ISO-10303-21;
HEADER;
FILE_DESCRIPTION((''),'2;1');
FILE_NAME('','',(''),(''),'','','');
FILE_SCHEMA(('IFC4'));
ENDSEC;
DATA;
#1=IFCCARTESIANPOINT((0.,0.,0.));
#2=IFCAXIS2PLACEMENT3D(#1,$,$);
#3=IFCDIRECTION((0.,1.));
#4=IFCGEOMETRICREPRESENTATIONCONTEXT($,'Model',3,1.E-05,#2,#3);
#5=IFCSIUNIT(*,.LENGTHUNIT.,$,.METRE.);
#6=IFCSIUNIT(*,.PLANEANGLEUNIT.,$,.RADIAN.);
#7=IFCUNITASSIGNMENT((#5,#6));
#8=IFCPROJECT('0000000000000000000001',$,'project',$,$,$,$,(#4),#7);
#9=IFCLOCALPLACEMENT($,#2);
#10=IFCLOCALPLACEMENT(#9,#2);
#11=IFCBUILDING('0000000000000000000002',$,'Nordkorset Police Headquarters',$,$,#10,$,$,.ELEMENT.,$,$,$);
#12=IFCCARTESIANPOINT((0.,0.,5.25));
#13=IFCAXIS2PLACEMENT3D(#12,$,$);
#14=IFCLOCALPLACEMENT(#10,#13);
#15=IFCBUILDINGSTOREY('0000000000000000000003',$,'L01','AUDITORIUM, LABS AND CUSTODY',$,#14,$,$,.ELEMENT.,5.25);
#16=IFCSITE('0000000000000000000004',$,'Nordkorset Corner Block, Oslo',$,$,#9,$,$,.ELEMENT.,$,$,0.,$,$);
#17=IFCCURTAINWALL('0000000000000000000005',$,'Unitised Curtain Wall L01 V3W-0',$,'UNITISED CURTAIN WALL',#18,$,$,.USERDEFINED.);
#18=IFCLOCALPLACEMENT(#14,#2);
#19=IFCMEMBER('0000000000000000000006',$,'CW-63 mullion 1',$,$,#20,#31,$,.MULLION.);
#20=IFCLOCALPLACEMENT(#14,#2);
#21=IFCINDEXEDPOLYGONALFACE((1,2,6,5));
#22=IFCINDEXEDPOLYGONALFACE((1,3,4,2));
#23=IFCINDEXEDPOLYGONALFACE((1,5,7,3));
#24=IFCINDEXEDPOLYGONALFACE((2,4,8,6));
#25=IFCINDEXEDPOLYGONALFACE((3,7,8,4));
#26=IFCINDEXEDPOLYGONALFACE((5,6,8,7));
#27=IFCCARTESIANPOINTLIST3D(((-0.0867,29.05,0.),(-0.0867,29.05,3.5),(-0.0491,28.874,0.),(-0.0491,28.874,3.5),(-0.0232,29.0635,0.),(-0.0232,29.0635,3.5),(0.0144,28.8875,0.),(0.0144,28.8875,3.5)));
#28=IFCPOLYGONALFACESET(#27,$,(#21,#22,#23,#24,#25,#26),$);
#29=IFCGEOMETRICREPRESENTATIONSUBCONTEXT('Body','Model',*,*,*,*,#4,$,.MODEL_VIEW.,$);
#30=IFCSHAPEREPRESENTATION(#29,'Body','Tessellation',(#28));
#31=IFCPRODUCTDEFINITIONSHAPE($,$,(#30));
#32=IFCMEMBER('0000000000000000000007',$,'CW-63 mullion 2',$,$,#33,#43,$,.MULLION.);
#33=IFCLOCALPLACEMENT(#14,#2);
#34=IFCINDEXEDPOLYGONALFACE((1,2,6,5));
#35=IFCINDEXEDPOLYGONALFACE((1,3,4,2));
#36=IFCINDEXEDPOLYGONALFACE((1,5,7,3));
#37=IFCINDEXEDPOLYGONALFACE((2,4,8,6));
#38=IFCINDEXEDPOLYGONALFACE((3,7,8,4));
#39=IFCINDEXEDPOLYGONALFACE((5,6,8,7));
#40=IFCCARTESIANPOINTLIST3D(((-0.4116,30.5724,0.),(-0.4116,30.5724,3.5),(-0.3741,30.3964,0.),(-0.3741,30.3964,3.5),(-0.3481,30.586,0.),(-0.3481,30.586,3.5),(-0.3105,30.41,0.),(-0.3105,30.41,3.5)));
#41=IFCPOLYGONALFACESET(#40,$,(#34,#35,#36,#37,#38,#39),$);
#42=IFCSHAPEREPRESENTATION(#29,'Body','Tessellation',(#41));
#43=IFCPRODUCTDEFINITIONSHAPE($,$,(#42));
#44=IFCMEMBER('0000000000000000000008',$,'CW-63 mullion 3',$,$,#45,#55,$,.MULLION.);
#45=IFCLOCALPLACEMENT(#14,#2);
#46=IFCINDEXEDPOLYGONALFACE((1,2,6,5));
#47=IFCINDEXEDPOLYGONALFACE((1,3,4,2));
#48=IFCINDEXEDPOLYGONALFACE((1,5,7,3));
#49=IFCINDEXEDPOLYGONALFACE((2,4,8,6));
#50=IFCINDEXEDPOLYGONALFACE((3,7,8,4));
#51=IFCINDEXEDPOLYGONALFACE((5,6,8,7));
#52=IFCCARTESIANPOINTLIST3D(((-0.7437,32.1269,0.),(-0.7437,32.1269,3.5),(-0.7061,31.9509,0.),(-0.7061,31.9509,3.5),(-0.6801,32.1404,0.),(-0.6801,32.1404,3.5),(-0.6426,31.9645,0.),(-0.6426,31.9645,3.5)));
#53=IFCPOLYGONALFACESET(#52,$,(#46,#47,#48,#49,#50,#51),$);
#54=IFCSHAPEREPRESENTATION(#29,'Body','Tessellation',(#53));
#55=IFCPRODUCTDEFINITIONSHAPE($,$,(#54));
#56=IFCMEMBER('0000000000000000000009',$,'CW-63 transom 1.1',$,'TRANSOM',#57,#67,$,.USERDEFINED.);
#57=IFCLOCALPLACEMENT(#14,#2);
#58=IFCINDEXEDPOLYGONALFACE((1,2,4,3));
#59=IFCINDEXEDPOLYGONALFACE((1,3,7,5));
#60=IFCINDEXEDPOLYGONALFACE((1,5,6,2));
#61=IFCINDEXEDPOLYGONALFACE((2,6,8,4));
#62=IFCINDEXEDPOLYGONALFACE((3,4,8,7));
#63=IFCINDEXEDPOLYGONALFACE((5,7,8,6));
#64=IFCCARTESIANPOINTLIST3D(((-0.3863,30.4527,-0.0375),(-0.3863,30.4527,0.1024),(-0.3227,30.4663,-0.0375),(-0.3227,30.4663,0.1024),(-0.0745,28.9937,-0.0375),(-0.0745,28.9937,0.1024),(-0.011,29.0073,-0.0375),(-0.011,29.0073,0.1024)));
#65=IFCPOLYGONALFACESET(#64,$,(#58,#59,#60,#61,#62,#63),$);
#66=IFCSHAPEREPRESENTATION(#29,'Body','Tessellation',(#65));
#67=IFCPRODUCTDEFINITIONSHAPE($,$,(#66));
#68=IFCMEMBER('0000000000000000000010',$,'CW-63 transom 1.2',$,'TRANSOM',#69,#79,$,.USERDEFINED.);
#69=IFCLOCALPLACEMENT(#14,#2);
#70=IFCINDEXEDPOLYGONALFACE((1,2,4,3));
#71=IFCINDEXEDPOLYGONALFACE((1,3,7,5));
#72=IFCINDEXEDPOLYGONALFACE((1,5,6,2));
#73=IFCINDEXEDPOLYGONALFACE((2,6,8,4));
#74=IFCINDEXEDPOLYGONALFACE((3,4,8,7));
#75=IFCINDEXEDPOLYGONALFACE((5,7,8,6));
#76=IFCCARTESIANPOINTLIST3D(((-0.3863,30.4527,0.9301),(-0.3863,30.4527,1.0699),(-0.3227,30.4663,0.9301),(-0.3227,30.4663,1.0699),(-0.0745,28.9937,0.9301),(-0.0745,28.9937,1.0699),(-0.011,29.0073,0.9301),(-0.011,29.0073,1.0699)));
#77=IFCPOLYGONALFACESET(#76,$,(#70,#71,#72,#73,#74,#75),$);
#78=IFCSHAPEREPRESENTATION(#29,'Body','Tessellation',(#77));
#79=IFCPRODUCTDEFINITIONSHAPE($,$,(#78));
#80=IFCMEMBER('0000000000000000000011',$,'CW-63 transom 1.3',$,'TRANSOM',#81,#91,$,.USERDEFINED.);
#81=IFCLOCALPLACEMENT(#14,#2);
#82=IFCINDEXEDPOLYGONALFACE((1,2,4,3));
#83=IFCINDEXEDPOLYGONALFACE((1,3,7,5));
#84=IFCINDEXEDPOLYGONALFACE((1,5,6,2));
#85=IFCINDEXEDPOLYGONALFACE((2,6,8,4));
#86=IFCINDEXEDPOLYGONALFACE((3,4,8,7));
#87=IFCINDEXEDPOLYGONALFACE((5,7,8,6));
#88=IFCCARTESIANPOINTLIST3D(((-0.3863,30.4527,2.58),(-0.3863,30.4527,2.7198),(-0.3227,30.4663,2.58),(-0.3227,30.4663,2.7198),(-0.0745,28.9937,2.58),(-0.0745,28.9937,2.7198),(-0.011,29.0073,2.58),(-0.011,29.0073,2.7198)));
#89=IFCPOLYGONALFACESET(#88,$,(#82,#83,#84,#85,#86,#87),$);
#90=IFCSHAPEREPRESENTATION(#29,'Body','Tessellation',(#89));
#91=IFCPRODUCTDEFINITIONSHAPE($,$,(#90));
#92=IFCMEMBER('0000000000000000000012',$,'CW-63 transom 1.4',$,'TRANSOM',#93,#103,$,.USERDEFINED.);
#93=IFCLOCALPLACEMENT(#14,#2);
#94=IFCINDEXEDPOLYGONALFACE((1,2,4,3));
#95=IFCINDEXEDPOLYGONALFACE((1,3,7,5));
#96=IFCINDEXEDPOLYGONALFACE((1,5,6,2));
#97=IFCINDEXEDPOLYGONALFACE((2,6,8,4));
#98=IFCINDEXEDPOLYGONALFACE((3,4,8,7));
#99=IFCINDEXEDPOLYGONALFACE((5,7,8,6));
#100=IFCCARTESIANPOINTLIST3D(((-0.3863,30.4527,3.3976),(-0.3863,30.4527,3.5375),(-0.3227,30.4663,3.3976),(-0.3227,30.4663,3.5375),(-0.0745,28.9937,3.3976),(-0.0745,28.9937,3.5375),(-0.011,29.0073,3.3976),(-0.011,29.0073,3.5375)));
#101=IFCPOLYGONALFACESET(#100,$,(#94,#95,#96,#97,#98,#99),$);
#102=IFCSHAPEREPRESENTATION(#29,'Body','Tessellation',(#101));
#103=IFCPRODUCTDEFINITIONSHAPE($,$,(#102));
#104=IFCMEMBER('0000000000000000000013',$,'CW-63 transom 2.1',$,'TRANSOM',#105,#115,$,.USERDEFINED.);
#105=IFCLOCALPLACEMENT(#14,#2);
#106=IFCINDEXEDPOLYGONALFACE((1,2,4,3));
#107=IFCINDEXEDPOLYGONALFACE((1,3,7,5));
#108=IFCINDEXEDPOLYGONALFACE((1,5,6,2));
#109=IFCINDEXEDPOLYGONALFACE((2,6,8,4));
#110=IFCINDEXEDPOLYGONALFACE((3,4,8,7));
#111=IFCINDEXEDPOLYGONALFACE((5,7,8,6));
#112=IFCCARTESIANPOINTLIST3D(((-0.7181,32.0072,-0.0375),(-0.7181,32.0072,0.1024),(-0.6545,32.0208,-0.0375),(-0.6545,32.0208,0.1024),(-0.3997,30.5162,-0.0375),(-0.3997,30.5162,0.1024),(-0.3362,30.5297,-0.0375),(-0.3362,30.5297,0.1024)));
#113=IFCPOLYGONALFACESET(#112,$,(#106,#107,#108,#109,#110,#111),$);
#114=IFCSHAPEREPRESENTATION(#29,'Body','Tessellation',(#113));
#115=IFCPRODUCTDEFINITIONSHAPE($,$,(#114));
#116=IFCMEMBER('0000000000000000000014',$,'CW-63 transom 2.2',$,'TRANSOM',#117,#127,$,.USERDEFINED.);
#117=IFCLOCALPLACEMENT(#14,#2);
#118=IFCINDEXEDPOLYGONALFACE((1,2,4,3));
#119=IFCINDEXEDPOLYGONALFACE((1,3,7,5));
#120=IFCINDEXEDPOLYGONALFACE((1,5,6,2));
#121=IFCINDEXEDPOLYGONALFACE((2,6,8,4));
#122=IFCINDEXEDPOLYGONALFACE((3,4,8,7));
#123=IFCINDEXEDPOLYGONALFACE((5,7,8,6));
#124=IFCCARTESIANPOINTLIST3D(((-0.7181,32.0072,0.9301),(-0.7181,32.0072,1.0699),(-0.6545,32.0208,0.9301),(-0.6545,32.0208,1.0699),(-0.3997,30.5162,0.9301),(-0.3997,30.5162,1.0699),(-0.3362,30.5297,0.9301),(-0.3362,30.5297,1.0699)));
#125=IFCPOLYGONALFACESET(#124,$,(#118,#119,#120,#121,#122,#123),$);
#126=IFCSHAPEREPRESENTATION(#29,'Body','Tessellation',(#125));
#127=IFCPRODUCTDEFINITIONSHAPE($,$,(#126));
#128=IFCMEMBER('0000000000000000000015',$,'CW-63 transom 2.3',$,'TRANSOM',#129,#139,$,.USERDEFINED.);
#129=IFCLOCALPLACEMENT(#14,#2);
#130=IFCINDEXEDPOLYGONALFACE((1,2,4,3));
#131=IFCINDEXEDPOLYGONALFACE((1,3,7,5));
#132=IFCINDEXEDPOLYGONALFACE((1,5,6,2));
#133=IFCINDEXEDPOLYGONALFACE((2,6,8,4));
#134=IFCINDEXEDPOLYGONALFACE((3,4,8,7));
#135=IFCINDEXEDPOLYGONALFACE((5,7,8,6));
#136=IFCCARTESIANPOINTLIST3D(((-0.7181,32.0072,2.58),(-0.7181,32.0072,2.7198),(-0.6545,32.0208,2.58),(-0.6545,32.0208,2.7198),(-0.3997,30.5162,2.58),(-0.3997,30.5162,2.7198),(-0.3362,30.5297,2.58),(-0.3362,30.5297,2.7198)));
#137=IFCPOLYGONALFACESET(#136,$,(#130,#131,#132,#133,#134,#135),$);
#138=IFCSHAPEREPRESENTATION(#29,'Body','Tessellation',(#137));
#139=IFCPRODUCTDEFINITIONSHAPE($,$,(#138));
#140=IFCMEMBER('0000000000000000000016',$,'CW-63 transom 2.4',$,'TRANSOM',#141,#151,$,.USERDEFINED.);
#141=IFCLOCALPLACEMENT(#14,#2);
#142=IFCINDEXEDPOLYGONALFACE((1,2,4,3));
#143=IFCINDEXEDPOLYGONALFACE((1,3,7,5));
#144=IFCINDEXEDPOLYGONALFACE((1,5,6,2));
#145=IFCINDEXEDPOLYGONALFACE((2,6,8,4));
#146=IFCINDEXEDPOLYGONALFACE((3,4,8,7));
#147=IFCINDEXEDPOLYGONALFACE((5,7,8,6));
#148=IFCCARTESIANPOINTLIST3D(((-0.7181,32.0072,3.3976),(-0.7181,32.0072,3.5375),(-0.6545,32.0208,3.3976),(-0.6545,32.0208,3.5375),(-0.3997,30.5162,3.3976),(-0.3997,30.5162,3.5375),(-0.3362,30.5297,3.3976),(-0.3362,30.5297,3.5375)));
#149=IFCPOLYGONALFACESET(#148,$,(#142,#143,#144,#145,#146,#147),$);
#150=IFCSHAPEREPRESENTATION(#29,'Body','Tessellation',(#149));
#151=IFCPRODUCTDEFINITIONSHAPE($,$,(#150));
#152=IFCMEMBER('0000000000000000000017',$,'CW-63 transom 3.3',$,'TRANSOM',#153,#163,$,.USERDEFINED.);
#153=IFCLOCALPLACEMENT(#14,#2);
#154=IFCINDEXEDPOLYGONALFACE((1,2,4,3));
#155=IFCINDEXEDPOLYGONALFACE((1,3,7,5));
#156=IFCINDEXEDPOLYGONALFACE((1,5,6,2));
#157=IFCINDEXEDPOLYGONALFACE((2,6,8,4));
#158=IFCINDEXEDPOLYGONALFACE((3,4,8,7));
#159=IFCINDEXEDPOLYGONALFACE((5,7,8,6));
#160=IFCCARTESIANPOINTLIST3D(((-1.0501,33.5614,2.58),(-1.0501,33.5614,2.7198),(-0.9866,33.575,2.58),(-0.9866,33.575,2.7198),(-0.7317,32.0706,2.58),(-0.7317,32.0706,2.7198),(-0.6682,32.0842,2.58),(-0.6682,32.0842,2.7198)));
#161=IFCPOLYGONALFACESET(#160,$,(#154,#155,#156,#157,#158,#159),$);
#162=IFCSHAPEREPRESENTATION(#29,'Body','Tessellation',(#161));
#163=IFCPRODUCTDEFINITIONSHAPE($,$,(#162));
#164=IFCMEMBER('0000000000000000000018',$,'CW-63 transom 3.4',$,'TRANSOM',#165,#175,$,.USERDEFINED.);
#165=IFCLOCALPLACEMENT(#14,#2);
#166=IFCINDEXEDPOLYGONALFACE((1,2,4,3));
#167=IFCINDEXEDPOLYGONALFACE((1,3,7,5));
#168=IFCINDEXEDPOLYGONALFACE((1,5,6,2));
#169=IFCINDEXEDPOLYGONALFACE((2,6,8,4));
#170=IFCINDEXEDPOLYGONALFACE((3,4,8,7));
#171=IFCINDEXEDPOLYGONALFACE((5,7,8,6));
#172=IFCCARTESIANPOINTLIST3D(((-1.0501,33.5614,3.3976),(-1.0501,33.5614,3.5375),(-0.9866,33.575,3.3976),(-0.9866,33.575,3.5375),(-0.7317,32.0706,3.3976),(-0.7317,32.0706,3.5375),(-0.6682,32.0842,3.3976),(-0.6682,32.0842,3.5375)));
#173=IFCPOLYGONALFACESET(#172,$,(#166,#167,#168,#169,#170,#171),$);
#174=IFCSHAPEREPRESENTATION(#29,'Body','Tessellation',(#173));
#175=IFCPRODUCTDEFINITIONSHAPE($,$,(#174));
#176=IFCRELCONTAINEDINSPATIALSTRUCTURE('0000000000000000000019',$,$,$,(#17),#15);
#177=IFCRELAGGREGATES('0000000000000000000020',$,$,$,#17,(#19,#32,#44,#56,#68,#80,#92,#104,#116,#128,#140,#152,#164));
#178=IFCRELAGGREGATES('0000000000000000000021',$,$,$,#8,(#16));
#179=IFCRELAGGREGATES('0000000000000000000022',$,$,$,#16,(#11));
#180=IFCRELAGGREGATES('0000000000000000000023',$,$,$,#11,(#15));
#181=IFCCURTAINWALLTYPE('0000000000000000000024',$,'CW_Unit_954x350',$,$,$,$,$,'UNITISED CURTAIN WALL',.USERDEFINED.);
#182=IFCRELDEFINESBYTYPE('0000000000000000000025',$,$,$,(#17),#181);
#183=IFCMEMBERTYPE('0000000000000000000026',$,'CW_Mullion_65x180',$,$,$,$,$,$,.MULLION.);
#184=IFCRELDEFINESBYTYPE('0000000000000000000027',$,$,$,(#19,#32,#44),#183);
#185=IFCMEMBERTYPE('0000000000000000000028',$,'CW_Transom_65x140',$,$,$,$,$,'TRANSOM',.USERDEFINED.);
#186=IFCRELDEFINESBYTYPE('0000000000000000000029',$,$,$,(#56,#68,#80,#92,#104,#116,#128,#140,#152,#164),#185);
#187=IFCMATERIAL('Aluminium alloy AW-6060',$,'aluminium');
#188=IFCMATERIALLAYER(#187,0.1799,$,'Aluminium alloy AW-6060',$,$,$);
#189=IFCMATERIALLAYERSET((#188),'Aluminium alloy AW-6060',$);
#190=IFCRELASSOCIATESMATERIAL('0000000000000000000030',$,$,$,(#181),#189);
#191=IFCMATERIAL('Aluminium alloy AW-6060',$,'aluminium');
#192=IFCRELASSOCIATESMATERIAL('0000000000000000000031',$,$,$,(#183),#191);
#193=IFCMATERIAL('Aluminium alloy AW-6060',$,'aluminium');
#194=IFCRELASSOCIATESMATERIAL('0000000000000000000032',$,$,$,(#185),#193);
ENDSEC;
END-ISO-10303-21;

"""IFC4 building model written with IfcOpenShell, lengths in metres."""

from ifc_helpers import new_model, si_unit, direction, frame, origin, origin_2d, place, context, subcontext, project, spatial, rectangle, extrude, material, layer, layer_set, material_profile, profile_set, type_object, element, aggregate, save


model = new_model("IFC4")

# Units and contexts
model_context = context("Model", 3, precision=1e-05, world=origin(), true_north=direction((0.0, 1.0)))
body_context = subcontext(model_context, "Body", "Model", "MODEL_VIEW")
ifc_project = project(units=[si_unit("LENGTHUNIT", "METRE"), si_unit("PLANEANGLEUNIT", "RADIAN")], contexts=[model_context])

# Site, building, storey
site_placement = place(None, origin())
site = spatial("IfcSite", under=ifc_project, at=site_placement, Name="Nordkorset Corner Block, Oslo", CompositionType="ELEMENT", RefElevation=0.0)
building_placement = place(site_placement, origin())
building = spatial("IfcBuilding", under=site, at=building_placement, Name="Nordkorset Police Headquarters", CompositionType="ELEMENT")
storey_placement = place(building_placement, frame((0.0, 0.0, 5.25)))
storey = spatial("IfcBuildingStorey", under=building, at=storey_placement, Name="L01", Description="AUDITORIUM, LABS AND CUSTODY", CompositionType="ELEMENT", Elevation=5.25)

# Curtain wall, members
ifc_material_1 = material(Name="Aluminium alloy AW-6060", Category="aluminium")
ifc_layer_1 = layer(ifc_material_1, 0.1799, Name="Aluminium alloy AW-6060")
ifc_layer_set_1 = layer_set([ifc_layer_1], Name="Aluminium alloy AW-6060")
curtain_wall_type = type_object("IfcCurtainWallType", Name="CW_Unit_954x350", ElementType="UNITISED CURTAIN WALL", PredefinedType="USERDEFINED", material=ifc_layer_set_1)
curtain_wall_placement = place(storey_placement, origin())
curtain_wall = element("IfcCurtainWall", 1, at=curtain_wall_placement, inside=storey, type_object=curtain_wall_type, Name="Unitised Curtain Wall L01 V3W-0", ObjectType="UNITISED CURTAIN WALL", PredefinedType="USERDEFINED")
ifc_material_2 = material(Name="Aluminium alloy AW-6060", Category="aluminium")
ifc_material_profile_1 = material_profile(ifc_material_2, rectangle(XDim=0.0649, YDim=0.1799, at=origin_2d()), Name="ALU MULL 65x180")
ifc_profile_set_1 = profile_set([ifc_material_profile_1], Name="Aluminium alloy AW-6060")
member_type_1 = type_object("IfcMemberType", Name="CW_Mullion_65x180", PredefinedType="MULLION", material=ifc_profile_set_1)
member_1_placement = place(storey_placement, frame((-0.0361, 28.9688, 0.0), z_axis=(0.0, 0.0, 1.0), x_axis=(-0.977951, -0.208833, 0.0)))
member_1 = element("IfcMember", 2, at=member_1_placement, type_object=member_type_1, Name="CW-63 mullion 1", PredefinedType="MULLION", context=body_context, shape_type="SweptSolid", body=[
    extrude(rectangle(XDim=0.0649, YDim=0.1799, at=origin_2d()), origin(), (0.0, 0.0, 1.0), 3.5),
])
member_2_placement = place(storey_placement, frame((-0.3611, 30.4912, 0.0), z_axis=(0.0, 0.0, 1.0), x_axis=(-0.977951, -0.208833, 0.0)))
member_2 = element("IfcMember", 3, at=member_2_placement, type_object=member_type_1, Name="CW-63 mullion 2", PredefinedType="MULLION", context=body_context, shape_type="SweptSolid", body=[
    extrude(rectangle(XDim=0.0649, YDim=0.1799, at=origin_2d()), origin(), (0.0, 0.0, 1.0), 3.5),
])
member_3_placement = place(storey_placement, frame((-0.6931, 32.0457, 0.0), z_axis=(0.0, 0.0, 1.0), x_axis=(-0.977951, -0.208833, 0.0)))
member_3 = element("IfcMember", 4, at=member_3_placement, type_object=member_type_1, Name="CW-63 mullion 3", PredefinedType="MULLION", context=body_context, shape_type="SweptSolid", body=[
    extrude(rectangle(XDim=0.0649, YDim=0.1799, at=origin_2d()), origin(), (0.0, 0.0, 1.0), 3.5),
])
ifc_material_3 = material(Name="Aluminium alloy AW-6060", Category="aluminium")
ifc_material_profile_2 = material_profile(ifc_material_3, rectangle(XDim=0.0649, YDim=0.1399, at=origin_2d()), Name="ALU TRAN 65x140")
ifc_profile_set_2 = profile_set([ifc_material_profile_2], Name="Aluminium alloy AW-6060")
member_type_2 = type_object("IfcMemberType", Name="CW_Transom_65x140", ElementType="TRANSOM", PredefinedType="USERDEFINED", material=ifc_profile_set_2)
member_4_placement = place(storey_placement, frame((-0.0427, 29.0005, 0.0325), z_axis=(-0.20897, 0.977922, 0.0), x_axis=(-0.977922, -0.20897, 0.0)))
member_4 = element("IfcMember", 5, at=member_4_placement, type_object=member_type_2, Name="CW-63 transom 1.1", ObjectType="TRANSOM", PredefinedType="USERDEFINED", context=body_context, shape_type="SweptSolid", body=[
    extrude(rectangle(XDim=0.0649, YDim=0.1399, at=origin_2d()), origin(), (0.0, 0.0, 1.0), 1.4919),
])
member_5_placement = place(storey_placement, frame((-0.0427, 29.0005, 1.0), z_axis=(-0.20897, 0.977922, 0.0), x_axis=(-0.977922, -0.20897, 0.0)))
member_5 = element("IfcMember", 6, at=member_5_placement, type_object=member_type_2, Name="CW-63 transom 1.2", ObjectType="TRANSOM", PredefinedType="USERDEFINED", context=body_context, shape_type="SweptSolid", body=[
    extrude(rectangle(XDim=0.0649, YDim=0.1399, at=origin_2d()), origin(), (0.0, 0.0, 1.0), 1.4919),
])
member_6_placement = place(storey_placement, frame((-0.0427, 29.0005, 2.6499), z_axis=(-0.20897, 0.977922, 0.0), x_axis=(-0.977922, -0.20897, 0.0)))
member_6 = element("IfcMember", 7, at=member_6_placement, type_object=member_type_2, Name="CW-63 transom 1.3", ObjectType="TRANSOM", PredefinedType="USERDEFINED", context=body_context, shape_type="SweptSolid", body=[
    extrude(rectangle(XDim=0.0649, YDim=0.1399, at=origin_2d()), origin(), (0.0, 0.0, 1.0), 1.4919),
])
member_7_placement = place(storey_placement, frame((-0.0427, 29.0005, 3.4675), z_axis=(-0.20897, 0.977922, 0.0), x_axis=(-0.977922, -0.20897, 0.0)))
member_7 = element("IfcMember", 8, at=member_7_placement, type_object=member_type_2, Name="CW-63 transom 1.4", ObjectType="TRANSOM", PredefinedType="USERDEFINED", context=body_context, shape_type="SweptSolid", body=[
    extrude(rectangle(XDim=0.0649, YDim=0.1399, at=origin_2d()), origin(), (0.0, 0.0, 1.0), 1.4919),
])
member_8_placement = place(storey_placement, frame((-0.3679, 30.5229, 0.0325), z_axis=(-0.208818, 0.977954, 0.0), x_axis=(-0.977954, -0.208818, 0.0)))
member_8 = element("IfcMember", 9, at=member_8_placement, type_object=member_type_2, Name="CW-63 transom 2.1", ObjectType="TRANSOM", PredefinedType="USERDEFINED", context=body_context, shape_type="SweptSolid", body=[
    extrude(rectangle(XDim=0.0649, YDim=0.1399, at=origin_2d()), origin(), (0.0, 0.0, 1.0), 1.5247),
])
member_9_placement = place(storey_placement, frame((-0.3679, 30.5229, 1.0), z_axis=(-0.208818, 0.977954, 0.0), x_axis=(-0.977954, -0.208818, 0.0)))
member_9 = element("IfcMember", 10, at=member_9_placement, type_object=member_type_2, Name="CW-63 transom 2.2", ObjectType="TRANSOM", PredefinedType="USERDEFINED", context=body_context, shape_type="SweptSolid", body=[
    extrude(rectangle(XDim=0.0649, YDim=0.1399, at=origin_2d()), origin(), (0.0, 0.0, 1.0), 1.5247),
])
member_10_placement = place(storey_placement, frame((-0.3679, 30.5229, 2.6499), z_axis=(-0.208818, 0.977954, 0.0), x_axis=(-0.977954, -0.208818, 0.0)))
member_10 = element("IfcMember", 11, at=member_10_placement, type_object=member_type_2, Name="CW-63 transom 2.3", ObjectType="TRANSOM", PredefinedType="USERDEFINED", context=body_context, shape_type="SweptSolid", body=[
    extrude(rectangle(XDim=0.0649, YDim=0.1399, at=origin_2d()), origin(), (0.0, 0.0, 1.0), 1.5247),
])
member_11_placement = place(storey_placement, frame((-0.3679, 30.5229, 3.4675), z_axis=(-0.208818, 0.977954, 0.0), x_axis=(-0.977954, -0.208818, 0.0)))
member_11 = element("IfcMember", 12, at=member_11_placement, type_object=member_type_2, Name="CW-63 transom 2.4", ObjectType="TRANSOM", PredefinedType="USERDEFINED", context=body_context, shape_type="SweptSolid", body=[
    extrude(rectangle(XDim=0.0649, YDim=0.1399, at=origin_2d()), origin(), (0.0, 0.0, 1.0), 1.5247),
])
member_12_placement = place(storey_placement, frame((-0.7, 32.0774, 2.6499), z_axis=(-0.208851, 0.977947, 0.0), x_axis=(-0.977947, -0.208851, 0.0)))
member_12 = element("IfcMember", 13, at=member_12_placement, type_object=member_type_2, Name="CW-63 transom 3.3", ObjectType="TRANSOM", PredefinedType="USERDEFINED", context=body_context, shape_type="SweptSolid", body=[
    extrude(rectangle(XDim=0.0649, YDim=0.1399, at=origin_2d()), origin(), (0.0, 0.0, 1.0), 1.5244),
])
member_13_placement = place(storey_placement, frame((-0.7, 32.0774, 3.4675), z_axis=(-0.208851, 0.977947, 0.0), x_axis=(-0.977947, -0.208851, 0.0)))
member_13 = element("IfcMember", 14, at=member_13_placement, type_object=member_type_2, Name="CW-63 transom 3.4", ObjectType="TRANSOM", PredefinedType="USERDEFINED", context=body_context, shape_type="SweptSolid", body=[
    extrude(rectangle(XDim=0.0649, YDim=0.1399, at=origin_2d()), origin(), (0.0, 0.0, 1.0), 1.5244),
])

aggregate(curtain_wall, [member_1, member_2, member_3, member_4, member_5, member_6, member_7, member_8, member_9, member_10, member_11, member_12, member_13])

save(model, "model.ifc")
